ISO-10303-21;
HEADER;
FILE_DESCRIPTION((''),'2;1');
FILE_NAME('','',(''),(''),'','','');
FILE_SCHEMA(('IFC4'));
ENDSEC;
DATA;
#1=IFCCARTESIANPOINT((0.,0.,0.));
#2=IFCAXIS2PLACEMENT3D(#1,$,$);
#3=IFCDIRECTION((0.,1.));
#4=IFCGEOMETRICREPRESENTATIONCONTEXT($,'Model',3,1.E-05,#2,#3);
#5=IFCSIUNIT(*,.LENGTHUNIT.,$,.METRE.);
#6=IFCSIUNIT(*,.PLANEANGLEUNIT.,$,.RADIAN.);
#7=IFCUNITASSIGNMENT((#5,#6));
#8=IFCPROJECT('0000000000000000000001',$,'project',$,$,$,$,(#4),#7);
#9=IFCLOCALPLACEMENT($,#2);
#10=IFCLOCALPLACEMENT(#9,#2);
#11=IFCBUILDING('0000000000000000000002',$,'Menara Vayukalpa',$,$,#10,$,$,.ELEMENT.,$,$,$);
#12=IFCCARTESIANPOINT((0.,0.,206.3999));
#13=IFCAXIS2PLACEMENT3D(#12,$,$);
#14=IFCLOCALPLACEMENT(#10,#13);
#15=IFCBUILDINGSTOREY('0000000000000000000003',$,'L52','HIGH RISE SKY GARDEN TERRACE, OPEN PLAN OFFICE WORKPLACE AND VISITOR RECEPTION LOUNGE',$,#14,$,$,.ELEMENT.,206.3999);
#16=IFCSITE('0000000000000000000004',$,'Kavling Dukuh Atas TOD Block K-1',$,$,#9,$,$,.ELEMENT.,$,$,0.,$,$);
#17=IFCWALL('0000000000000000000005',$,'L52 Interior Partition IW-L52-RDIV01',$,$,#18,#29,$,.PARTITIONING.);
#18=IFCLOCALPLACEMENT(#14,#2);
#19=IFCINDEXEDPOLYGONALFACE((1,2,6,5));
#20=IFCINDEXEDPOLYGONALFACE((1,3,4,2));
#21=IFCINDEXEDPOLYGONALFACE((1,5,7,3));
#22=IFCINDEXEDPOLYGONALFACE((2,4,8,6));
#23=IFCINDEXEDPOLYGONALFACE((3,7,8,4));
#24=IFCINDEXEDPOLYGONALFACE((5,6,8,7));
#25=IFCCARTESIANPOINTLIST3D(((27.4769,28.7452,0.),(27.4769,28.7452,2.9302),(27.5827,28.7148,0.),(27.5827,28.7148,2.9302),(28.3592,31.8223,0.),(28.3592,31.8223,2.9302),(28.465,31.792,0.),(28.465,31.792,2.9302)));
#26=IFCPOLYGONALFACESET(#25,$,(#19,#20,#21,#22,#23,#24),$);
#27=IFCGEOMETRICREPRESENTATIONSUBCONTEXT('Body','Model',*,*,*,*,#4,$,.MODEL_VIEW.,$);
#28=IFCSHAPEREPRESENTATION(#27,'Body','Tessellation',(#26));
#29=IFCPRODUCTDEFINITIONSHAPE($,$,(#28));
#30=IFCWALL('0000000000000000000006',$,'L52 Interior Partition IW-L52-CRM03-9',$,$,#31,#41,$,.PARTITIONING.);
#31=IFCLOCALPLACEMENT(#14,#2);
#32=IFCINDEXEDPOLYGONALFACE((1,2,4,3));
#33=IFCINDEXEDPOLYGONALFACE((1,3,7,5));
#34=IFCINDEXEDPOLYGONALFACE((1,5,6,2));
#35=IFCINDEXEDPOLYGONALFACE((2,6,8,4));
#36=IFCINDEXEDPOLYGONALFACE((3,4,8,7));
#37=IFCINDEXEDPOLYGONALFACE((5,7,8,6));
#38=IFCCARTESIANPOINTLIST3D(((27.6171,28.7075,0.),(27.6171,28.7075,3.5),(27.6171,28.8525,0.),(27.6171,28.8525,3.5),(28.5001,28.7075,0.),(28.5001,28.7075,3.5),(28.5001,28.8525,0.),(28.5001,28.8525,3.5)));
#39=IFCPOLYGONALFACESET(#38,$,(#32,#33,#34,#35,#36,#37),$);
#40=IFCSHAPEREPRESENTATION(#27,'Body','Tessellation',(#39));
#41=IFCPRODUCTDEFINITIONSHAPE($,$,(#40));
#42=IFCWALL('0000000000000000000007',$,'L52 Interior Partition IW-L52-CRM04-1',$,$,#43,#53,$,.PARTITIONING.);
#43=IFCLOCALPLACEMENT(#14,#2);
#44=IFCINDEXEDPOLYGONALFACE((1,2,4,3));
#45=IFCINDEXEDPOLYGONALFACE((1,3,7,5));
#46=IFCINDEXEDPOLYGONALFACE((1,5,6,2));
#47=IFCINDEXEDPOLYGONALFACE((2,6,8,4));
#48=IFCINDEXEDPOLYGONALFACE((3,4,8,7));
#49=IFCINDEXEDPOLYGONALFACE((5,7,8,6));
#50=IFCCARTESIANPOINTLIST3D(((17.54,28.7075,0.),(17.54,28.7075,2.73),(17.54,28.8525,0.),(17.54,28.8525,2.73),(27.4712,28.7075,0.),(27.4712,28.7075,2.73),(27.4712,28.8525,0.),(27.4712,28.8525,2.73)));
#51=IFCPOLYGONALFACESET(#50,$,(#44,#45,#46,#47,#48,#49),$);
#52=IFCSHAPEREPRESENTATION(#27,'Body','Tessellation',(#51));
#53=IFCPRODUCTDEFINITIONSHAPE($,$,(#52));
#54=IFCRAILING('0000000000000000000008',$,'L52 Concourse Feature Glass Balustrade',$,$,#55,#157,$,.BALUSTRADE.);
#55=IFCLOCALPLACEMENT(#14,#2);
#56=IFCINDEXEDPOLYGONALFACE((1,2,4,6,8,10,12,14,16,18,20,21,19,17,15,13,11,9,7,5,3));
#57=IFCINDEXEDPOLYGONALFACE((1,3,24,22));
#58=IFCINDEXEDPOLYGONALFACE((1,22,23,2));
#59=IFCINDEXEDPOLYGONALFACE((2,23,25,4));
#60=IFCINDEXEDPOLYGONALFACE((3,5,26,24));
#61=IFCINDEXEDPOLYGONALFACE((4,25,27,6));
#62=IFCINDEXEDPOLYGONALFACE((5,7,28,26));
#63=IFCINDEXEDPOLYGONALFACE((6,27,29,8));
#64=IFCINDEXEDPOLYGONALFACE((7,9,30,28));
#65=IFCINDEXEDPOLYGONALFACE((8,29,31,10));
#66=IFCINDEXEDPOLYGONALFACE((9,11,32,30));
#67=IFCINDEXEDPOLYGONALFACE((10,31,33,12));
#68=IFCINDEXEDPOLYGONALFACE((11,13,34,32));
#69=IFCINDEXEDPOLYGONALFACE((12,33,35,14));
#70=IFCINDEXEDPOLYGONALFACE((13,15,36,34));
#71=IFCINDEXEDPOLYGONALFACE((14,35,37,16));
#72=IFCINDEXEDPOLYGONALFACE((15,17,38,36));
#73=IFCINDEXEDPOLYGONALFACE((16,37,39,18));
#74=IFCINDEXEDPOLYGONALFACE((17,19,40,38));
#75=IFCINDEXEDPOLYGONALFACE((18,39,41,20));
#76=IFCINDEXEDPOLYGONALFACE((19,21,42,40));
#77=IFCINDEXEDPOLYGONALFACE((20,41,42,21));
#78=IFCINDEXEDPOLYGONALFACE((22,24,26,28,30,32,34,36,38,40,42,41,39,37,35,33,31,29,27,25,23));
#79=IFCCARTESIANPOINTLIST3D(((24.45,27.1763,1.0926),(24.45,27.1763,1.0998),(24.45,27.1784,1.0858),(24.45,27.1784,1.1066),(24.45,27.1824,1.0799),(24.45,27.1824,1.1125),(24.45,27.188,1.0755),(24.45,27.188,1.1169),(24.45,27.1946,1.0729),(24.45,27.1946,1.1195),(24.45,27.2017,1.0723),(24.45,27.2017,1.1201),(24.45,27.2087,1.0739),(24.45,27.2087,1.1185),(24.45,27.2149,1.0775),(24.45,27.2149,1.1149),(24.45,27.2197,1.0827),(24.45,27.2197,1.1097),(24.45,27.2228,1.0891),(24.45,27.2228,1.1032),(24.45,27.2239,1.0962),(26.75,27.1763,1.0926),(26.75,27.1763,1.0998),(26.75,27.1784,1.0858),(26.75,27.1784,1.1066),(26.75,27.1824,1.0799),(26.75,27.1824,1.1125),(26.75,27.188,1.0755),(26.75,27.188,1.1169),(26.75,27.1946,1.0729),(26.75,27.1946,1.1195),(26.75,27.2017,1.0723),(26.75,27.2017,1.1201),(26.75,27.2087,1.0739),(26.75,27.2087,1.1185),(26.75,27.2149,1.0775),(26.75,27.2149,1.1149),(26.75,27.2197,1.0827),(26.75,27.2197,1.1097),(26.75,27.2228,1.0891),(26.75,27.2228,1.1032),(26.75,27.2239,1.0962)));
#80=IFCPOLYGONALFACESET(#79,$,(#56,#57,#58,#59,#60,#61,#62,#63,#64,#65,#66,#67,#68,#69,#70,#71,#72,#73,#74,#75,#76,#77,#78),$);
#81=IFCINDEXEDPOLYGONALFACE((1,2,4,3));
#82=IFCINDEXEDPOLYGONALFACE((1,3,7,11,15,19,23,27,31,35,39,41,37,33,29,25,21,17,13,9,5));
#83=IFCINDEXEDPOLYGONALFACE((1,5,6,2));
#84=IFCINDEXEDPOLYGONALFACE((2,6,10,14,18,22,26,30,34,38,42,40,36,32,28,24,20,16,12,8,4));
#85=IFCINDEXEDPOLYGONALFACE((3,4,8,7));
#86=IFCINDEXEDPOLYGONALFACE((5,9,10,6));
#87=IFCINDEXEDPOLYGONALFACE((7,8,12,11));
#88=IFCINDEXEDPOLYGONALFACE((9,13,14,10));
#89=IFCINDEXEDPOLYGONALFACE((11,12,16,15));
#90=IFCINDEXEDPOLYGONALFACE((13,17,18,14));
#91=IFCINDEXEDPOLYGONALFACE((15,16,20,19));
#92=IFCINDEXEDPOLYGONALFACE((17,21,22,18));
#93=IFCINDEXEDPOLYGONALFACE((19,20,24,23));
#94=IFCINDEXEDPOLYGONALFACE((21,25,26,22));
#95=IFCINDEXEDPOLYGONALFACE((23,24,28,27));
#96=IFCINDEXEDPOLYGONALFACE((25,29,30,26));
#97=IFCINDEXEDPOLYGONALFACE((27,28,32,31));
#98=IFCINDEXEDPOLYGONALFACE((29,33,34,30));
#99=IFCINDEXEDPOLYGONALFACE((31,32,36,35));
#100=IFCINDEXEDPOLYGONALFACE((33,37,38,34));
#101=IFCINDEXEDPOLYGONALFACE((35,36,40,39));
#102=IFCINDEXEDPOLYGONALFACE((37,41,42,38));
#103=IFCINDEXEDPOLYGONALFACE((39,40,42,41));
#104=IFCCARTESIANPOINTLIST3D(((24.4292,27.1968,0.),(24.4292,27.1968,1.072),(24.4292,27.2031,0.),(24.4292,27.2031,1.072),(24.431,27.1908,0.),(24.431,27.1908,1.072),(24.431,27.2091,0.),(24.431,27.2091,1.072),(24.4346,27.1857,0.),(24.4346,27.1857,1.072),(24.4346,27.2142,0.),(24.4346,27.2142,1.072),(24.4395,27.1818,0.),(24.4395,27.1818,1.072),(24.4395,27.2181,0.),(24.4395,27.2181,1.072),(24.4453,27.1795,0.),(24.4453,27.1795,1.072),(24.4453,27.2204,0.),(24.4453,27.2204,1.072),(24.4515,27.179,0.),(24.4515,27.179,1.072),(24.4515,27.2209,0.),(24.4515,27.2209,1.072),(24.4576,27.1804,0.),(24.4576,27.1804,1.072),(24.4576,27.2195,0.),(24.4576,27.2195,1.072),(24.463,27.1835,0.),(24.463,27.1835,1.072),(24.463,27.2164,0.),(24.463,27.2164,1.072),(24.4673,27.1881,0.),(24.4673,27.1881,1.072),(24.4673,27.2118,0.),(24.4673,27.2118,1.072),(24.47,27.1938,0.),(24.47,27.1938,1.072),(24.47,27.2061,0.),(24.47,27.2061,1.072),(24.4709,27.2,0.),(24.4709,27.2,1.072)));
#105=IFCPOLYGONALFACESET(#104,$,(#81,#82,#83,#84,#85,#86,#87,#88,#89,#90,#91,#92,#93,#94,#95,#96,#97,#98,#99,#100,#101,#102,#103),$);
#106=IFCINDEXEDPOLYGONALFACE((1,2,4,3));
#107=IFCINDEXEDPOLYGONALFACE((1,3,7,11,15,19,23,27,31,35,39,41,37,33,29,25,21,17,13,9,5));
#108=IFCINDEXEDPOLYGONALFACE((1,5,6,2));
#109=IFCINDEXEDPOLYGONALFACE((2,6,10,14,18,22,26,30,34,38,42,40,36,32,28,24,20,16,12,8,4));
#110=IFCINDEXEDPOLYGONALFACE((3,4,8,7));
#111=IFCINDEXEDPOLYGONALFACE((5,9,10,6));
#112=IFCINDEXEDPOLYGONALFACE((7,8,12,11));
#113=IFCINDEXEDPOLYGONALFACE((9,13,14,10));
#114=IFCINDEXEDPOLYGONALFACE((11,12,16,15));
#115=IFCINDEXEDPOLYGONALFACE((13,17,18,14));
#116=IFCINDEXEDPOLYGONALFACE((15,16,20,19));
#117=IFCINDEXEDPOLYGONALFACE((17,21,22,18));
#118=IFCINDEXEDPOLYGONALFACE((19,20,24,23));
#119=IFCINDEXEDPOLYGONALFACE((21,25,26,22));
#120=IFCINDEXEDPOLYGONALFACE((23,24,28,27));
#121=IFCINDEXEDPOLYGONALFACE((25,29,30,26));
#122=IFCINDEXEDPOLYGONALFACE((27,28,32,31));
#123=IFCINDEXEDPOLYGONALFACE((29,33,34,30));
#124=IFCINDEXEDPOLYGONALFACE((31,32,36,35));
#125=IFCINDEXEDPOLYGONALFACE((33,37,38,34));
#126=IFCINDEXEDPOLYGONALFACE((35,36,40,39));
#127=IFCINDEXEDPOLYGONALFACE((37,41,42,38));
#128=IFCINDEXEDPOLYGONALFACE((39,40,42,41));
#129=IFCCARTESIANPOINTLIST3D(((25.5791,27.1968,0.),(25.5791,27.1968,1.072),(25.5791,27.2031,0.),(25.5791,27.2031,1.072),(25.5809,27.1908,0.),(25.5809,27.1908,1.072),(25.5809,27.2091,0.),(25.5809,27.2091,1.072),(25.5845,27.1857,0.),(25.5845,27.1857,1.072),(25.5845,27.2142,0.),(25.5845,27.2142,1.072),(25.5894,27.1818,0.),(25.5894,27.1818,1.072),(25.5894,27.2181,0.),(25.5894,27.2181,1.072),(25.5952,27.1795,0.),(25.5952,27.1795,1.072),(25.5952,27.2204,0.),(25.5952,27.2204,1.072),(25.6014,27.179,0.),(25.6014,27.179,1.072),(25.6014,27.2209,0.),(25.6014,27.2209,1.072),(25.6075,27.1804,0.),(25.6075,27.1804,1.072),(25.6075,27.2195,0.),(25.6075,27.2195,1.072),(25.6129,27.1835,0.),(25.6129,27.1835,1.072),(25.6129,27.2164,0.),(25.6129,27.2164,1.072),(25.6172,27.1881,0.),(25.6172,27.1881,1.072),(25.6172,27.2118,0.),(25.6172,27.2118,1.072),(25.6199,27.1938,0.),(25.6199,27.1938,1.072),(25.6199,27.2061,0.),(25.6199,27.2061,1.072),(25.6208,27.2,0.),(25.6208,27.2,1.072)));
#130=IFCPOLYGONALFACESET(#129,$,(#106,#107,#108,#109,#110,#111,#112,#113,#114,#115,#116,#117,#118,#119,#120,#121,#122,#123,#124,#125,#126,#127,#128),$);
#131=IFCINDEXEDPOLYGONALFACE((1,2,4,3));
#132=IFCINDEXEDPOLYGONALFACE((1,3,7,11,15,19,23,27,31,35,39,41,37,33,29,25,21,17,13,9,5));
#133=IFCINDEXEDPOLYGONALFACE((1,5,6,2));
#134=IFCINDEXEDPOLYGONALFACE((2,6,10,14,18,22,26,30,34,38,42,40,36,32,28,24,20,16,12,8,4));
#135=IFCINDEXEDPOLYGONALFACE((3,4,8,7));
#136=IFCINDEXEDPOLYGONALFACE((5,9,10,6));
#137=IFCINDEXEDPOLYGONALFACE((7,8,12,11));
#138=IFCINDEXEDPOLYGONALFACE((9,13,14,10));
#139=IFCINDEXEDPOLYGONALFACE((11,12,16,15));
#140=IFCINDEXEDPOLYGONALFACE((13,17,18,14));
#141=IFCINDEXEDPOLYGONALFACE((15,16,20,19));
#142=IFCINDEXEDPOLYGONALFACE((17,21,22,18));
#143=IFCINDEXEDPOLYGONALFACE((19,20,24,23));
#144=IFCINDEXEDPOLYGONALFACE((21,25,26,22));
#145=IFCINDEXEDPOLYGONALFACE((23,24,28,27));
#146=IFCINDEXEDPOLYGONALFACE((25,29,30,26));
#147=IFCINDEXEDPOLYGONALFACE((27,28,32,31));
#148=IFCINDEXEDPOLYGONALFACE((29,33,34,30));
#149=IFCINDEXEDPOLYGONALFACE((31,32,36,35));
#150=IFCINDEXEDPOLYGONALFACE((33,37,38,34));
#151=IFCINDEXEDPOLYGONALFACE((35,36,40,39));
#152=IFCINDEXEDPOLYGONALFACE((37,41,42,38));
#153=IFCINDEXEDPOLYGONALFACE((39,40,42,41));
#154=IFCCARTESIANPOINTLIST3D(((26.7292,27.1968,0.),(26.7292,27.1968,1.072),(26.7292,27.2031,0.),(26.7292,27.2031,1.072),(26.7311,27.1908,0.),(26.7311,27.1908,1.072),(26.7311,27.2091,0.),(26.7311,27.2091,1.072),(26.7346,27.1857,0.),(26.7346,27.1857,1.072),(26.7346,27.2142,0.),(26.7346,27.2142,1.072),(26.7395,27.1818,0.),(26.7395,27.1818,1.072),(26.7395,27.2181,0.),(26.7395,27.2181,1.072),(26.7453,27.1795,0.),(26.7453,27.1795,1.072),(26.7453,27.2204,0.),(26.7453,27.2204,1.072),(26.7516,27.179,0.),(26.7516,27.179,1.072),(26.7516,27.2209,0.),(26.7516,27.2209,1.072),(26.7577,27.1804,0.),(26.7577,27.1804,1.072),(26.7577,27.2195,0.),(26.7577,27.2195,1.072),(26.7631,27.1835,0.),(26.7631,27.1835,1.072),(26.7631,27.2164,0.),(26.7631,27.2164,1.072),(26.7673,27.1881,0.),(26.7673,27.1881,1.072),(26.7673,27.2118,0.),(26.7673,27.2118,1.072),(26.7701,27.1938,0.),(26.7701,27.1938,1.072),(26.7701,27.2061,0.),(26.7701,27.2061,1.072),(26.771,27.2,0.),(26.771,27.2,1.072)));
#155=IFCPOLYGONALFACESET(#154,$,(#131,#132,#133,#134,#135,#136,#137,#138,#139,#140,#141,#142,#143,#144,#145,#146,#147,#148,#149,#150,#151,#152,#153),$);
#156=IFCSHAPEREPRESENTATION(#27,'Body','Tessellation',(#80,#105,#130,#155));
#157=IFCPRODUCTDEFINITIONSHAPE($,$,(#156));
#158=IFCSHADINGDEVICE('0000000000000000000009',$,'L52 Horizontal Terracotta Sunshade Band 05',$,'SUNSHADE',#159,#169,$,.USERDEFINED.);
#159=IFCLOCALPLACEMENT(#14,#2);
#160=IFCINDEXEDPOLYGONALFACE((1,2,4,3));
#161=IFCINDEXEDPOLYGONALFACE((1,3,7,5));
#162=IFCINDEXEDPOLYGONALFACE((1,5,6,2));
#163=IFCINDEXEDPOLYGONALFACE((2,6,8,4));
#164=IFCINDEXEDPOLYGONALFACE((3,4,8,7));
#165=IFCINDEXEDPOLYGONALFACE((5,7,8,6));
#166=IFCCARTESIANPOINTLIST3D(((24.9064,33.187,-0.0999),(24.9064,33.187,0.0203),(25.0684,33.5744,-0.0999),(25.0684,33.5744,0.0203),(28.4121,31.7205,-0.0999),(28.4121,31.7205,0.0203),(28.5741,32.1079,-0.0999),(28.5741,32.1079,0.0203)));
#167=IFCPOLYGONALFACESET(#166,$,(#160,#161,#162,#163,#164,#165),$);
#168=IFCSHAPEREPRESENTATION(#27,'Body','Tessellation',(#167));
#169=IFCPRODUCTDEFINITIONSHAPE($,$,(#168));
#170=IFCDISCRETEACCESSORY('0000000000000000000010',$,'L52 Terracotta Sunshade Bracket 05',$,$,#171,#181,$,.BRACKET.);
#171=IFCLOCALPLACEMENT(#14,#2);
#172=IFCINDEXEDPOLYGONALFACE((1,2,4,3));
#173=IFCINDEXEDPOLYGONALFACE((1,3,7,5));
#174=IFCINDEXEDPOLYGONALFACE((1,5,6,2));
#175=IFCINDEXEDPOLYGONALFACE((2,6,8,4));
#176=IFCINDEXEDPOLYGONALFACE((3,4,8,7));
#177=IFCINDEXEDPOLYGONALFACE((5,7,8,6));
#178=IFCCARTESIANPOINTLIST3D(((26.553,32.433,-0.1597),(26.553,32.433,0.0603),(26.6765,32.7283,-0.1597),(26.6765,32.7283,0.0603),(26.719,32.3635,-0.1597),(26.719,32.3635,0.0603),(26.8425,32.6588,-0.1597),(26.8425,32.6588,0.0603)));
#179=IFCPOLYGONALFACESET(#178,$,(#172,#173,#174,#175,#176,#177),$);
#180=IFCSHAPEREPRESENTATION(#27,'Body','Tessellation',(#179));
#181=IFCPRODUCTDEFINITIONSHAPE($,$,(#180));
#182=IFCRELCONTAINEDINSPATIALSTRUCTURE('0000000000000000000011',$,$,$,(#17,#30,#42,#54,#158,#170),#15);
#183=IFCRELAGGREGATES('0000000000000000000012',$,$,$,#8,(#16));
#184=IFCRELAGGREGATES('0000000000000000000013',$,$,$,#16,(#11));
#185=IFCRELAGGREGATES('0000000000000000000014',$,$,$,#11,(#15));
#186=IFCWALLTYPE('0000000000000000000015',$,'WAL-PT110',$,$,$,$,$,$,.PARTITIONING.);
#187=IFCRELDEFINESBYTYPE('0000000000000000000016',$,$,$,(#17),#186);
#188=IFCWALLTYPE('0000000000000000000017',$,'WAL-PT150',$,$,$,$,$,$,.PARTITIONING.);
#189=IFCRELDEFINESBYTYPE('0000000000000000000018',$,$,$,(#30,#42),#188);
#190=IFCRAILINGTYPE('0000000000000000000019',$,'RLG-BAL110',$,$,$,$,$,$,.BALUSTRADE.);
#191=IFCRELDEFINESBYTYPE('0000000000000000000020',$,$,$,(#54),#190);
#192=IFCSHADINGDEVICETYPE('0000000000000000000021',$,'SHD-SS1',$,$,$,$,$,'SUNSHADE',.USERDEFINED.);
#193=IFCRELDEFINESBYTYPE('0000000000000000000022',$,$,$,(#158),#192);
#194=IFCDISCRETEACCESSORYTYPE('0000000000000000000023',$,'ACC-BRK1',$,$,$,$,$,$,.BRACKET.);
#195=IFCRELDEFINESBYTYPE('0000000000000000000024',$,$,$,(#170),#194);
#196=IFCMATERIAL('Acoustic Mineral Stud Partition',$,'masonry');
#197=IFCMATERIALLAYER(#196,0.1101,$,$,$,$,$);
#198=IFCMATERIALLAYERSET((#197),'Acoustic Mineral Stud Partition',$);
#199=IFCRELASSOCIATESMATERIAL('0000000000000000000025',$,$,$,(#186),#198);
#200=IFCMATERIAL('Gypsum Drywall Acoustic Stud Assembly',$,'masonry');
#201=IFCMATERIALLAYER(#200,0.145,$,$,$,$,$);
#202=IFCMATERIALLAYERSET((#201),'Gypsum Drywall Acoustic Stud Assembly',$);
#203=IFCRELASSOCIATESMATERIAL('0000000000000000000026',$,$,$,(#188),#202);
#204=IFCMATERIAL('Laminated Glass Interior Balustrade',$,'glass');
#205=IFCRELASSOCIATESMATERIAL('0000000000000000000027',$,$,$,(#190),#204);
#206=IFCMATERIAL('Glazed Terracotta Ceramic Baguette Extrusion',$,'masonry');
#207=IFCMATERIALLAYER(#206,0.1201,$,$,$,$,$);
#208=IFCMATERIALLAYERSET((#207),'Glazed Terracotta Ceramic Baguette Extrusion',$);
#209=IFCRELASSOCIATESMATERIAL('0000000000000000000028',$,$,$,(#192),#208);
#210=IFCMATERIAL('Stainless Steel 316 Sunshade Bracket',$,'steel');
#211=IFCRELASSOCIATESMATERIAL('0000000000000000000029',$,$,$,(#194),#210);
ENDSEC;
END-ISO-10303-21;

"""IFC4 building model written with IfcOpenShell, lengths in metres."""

from ifc_helpers import new_model, si_unit, direction, frame, frame_2d, origin, origin_2d, place, context, subcontext, project, spatial, rectangle, circle, extrude, material, layer, layer_set, type_object, element, save


model = new_model("IFC4")

# Units and contexts
model_context = context("Model", 3, precision=1e-05, world=origin(), true_north=direction((0.0, 1.0)))
body_context = subcontext(model_context, "Body", "Model", "MODEL_VIEW")
ifc_project = project(units=[si_unit("LENGTHUNIT", "METRE"), si_unit("PLANEANGLEUNIT", "RADIAN")], contexts=[model_context])

# Site, building, storey
site_placement = place(None, origin())
site = spatial("IfcSite", under=ifc_project, at=site_placement, Name="Kavling Dukuh Atas TOD Block K-1", CompositionType="ELEMENT", RefElevation=0.0)
building_placement = place(site_placement, origin())
building = spatial("IfcBuilding", under=site, at=building_placement, Name="Menara Vayukalpa", CompositionType="ELEMENT")
storey_placement = place(building_placement, frame((0.0, 0.0, 206.3999)))
storey = spatial("IfcBuildingStorey", under=building, at=storey_placement, Name="L52", Description="HIGH RISE SKY GARDEN TERRACE, OPEN PLAN OFFICE WORKPLACE AND VISITOR RECEPTION LOUNGE", CompositionType="ELEMENT", Elevation=206.3999)

# Walls
ifc_material_1 = material(Name="Acoustic Mineral Stud Partition", Category="masonry")
ifc_layer_1 = layer(ifc_material_1, 0.1101)
ifc_layer_set_1 = layer_set([ifc_layer_1], Name="Acoustic Mineral Stud Partition")
wall_type_1 = type_object("IfcWallType", Name="WAL-PT110", PredefinedType="PARTITIONING", material=ifc_layer_set_1)
wall_1_placement = place(storey_placement, frame((27.5298, 28.73, 0.0), z_axis=(0.0, 0.0, 1.0), x_axis=(0.275628, 0.961265, 0.0)))
element("IfcWall", 1, at=wall_1_placement, inside=storey, type_object=wall_type_1, Name="L52 Interior Partition IW-L52-RDIV01", PredefinedType="PARTITIONING", context=body_context, shape_type="SweptSolid", body=[
    extrude(rectangle(XDim=3.2012, YDim=0.1101, at=frame_2d((1.6006, 0.0))), origin(), (0.0, 0.0, 1.0), 2.9302),
])
ifc_material_2 = material(Name="Gypsum Drywall Acoustic Stud Assembly", Category="masonry")
ifc_layer_2 = layer(ifc_material_2, 0.145)
ifc_layer_set_2 = layer_set([ifc_layer_2], Name="Gypsum Drywall Acoustic Stud Assembly")
wall_type_2 = type_object("IfcWallType", Name="WAL-PT150", PredefinedType="PARTITIONING", material=ifc_layer_set_2)
wall_2_placement = place(storey_placement, frame((28.5, 28.78, 0.0), z_axis=(0.0, 0.0, 1.0), x_axis=(-1.0, 0.0, 0.0)))
element("IfcWall", 2, at=wall_2_placement, inside=storey, type_object=wall_type_2, Name="L52 Interior Partition IW-L52-CRM03-9", PredefinedType="PARTITIONING", context=body_context, shape_type="SweptSolid", body=[
    extrude(rectangle(XDim=0.8831, YDim=0.145, at=frame_2d((0.4414, 0.0))), origin(), (0.0, 0.0, 1.0), 3.5),
])
wall_3_placement = place(storey_placement, frame((27.4712, 28.78, 0.0), z_axis=(0.0, 0.0, 1.0), x_axis=(-1.0, 0.0, 0.0)))
element("IfcWall", 3, at=wall_3_placement, inside=storey, type_object=wall_type_2, Name="L52 Interior Partition IW-L52-CRM04-1", PredefinedType="PARTITIONING", context=body_context, shape_type="SweptSolid", body=[
    extrude(rectangle(XDim=9.9312, YDim=0.145, at=frame_2d((4.9656, 0.0))), origin(), (0.0, 0.0, 1.0), 2.73),
])

# Railing
ifc_material_3 = material(Name="Laminated Glass Interior Balustrade", Category="glass")
railing_type = type_object("IfcRailingType", Name="RLG-BAL110", PredefinedType="BALUSTRADE", material=ifc_material_3)
railing_placement = place(storey_placement, frame((24.45, 27.2, 0.0)))
element("IfcRailing", 4, at=railing_placement, inside=storey, type_object=railing_type, Name="L52 Concourse Feature Glass Balustrade", PredefinedType="BALUSTRADE", context=body_context, shape_type="SweptSolid", body=[
    extrude(circle(Radius=0.0239, at=origin_2d()), frame((0.0, 0.0, 1.0962), z_axis=(1.0, 0.0, 0.0), x_axis=(0.0, 1.0, 0.0)), (0.0, 0.0, 1.0), 2.3),
    extrude(circle(Radius=0.021, at=origin_2d()), origin(), (0.0, 0.0, 1.0), 1.072),
    extrude(circle(Radius=0.021, at=origin_2d()), frame((1.1499, 0.0, 0.0)), (0.0, 0.0, 1.0), 1.072),
    extrude(circle(Radius=0.021, at=origin_2d()), frame((2.3, 0.0, 0.0)), (0.0, 0.0, 1.0), 1.072),
])

# Shading device
ifc_material_4 = material(Name="Glazed Terracotta Ceramic Baguette Extrusion", Category="masonry")
ifc_layer_3 = layer(ifc_material_4, 0.1201)
ifc_layer_set_3 = layer_set([ifc_layer_3], Name="Glazed Terracotta Ceramic Baguette Extrusion")
shading_device_type = type_object("IfcShadingDeviceType", Name="SHD-SS1", ElementType="SUNSHADE", PredefinedType="USERDEFINED", material=ifc_layer_set_3)
shading_device_placement = place(storey_placement, frame((26.7402, 32.6475, -0.0999), z_axis=(0.0, 0.0, 1.0), x_axis=(-0.922538, 0.385906, 0.0)))
element("IfcShadingDevice", 5, at=shading_device_placement, inside=storey, type_object=shading_device_type, Name="L52 Horizontal Terracotta Sunshade Band 05", ObjectType="SUNSHADE", PredefinedType="USERDEFINED", context=body_context, shape_type="SweptSolid", body=[
    extrude(rectangle(XDim=3.8, YDim=0.4199, at=origin_2d()), origin(), (0.0, 0.0, 1.0), 0.1201),
])

# Discrete accessory
ifc_material_5 = material(Name="Stainless Steel 316 Sunshade Bracket", Category="steel")
discrete_accessory_type = type_object("IfcDiscreteAccessoryType", Name="ACC-BRK1", PredefinedType="BRACKET", material=ifc_material_5)
discrete_accessory_placement = place(storey_placement, frame((26.6978, 32.5459, -0.1597), z_axis=(0.0, 0.0, 1.0), x_axis=(-0.922538, 0.385906, 0.0)))
element("IfcDiscreteAccessory", 6, at=discrete_accessory_placement, inside=storey, type_object=discrete_accessory_type, Name="L52 Terracotta Sunshade Bracket 05", PredefinedType="BRACKET", context=body_context, shape_type="SweptSolid", body=[
    extrude(rectangle(XDim=0.1799, YDim=0.3201, at=origin_2d()), origin(), (0.0, 0.0, 1.0), 0.22),
])

save(model, "model.ifc")
